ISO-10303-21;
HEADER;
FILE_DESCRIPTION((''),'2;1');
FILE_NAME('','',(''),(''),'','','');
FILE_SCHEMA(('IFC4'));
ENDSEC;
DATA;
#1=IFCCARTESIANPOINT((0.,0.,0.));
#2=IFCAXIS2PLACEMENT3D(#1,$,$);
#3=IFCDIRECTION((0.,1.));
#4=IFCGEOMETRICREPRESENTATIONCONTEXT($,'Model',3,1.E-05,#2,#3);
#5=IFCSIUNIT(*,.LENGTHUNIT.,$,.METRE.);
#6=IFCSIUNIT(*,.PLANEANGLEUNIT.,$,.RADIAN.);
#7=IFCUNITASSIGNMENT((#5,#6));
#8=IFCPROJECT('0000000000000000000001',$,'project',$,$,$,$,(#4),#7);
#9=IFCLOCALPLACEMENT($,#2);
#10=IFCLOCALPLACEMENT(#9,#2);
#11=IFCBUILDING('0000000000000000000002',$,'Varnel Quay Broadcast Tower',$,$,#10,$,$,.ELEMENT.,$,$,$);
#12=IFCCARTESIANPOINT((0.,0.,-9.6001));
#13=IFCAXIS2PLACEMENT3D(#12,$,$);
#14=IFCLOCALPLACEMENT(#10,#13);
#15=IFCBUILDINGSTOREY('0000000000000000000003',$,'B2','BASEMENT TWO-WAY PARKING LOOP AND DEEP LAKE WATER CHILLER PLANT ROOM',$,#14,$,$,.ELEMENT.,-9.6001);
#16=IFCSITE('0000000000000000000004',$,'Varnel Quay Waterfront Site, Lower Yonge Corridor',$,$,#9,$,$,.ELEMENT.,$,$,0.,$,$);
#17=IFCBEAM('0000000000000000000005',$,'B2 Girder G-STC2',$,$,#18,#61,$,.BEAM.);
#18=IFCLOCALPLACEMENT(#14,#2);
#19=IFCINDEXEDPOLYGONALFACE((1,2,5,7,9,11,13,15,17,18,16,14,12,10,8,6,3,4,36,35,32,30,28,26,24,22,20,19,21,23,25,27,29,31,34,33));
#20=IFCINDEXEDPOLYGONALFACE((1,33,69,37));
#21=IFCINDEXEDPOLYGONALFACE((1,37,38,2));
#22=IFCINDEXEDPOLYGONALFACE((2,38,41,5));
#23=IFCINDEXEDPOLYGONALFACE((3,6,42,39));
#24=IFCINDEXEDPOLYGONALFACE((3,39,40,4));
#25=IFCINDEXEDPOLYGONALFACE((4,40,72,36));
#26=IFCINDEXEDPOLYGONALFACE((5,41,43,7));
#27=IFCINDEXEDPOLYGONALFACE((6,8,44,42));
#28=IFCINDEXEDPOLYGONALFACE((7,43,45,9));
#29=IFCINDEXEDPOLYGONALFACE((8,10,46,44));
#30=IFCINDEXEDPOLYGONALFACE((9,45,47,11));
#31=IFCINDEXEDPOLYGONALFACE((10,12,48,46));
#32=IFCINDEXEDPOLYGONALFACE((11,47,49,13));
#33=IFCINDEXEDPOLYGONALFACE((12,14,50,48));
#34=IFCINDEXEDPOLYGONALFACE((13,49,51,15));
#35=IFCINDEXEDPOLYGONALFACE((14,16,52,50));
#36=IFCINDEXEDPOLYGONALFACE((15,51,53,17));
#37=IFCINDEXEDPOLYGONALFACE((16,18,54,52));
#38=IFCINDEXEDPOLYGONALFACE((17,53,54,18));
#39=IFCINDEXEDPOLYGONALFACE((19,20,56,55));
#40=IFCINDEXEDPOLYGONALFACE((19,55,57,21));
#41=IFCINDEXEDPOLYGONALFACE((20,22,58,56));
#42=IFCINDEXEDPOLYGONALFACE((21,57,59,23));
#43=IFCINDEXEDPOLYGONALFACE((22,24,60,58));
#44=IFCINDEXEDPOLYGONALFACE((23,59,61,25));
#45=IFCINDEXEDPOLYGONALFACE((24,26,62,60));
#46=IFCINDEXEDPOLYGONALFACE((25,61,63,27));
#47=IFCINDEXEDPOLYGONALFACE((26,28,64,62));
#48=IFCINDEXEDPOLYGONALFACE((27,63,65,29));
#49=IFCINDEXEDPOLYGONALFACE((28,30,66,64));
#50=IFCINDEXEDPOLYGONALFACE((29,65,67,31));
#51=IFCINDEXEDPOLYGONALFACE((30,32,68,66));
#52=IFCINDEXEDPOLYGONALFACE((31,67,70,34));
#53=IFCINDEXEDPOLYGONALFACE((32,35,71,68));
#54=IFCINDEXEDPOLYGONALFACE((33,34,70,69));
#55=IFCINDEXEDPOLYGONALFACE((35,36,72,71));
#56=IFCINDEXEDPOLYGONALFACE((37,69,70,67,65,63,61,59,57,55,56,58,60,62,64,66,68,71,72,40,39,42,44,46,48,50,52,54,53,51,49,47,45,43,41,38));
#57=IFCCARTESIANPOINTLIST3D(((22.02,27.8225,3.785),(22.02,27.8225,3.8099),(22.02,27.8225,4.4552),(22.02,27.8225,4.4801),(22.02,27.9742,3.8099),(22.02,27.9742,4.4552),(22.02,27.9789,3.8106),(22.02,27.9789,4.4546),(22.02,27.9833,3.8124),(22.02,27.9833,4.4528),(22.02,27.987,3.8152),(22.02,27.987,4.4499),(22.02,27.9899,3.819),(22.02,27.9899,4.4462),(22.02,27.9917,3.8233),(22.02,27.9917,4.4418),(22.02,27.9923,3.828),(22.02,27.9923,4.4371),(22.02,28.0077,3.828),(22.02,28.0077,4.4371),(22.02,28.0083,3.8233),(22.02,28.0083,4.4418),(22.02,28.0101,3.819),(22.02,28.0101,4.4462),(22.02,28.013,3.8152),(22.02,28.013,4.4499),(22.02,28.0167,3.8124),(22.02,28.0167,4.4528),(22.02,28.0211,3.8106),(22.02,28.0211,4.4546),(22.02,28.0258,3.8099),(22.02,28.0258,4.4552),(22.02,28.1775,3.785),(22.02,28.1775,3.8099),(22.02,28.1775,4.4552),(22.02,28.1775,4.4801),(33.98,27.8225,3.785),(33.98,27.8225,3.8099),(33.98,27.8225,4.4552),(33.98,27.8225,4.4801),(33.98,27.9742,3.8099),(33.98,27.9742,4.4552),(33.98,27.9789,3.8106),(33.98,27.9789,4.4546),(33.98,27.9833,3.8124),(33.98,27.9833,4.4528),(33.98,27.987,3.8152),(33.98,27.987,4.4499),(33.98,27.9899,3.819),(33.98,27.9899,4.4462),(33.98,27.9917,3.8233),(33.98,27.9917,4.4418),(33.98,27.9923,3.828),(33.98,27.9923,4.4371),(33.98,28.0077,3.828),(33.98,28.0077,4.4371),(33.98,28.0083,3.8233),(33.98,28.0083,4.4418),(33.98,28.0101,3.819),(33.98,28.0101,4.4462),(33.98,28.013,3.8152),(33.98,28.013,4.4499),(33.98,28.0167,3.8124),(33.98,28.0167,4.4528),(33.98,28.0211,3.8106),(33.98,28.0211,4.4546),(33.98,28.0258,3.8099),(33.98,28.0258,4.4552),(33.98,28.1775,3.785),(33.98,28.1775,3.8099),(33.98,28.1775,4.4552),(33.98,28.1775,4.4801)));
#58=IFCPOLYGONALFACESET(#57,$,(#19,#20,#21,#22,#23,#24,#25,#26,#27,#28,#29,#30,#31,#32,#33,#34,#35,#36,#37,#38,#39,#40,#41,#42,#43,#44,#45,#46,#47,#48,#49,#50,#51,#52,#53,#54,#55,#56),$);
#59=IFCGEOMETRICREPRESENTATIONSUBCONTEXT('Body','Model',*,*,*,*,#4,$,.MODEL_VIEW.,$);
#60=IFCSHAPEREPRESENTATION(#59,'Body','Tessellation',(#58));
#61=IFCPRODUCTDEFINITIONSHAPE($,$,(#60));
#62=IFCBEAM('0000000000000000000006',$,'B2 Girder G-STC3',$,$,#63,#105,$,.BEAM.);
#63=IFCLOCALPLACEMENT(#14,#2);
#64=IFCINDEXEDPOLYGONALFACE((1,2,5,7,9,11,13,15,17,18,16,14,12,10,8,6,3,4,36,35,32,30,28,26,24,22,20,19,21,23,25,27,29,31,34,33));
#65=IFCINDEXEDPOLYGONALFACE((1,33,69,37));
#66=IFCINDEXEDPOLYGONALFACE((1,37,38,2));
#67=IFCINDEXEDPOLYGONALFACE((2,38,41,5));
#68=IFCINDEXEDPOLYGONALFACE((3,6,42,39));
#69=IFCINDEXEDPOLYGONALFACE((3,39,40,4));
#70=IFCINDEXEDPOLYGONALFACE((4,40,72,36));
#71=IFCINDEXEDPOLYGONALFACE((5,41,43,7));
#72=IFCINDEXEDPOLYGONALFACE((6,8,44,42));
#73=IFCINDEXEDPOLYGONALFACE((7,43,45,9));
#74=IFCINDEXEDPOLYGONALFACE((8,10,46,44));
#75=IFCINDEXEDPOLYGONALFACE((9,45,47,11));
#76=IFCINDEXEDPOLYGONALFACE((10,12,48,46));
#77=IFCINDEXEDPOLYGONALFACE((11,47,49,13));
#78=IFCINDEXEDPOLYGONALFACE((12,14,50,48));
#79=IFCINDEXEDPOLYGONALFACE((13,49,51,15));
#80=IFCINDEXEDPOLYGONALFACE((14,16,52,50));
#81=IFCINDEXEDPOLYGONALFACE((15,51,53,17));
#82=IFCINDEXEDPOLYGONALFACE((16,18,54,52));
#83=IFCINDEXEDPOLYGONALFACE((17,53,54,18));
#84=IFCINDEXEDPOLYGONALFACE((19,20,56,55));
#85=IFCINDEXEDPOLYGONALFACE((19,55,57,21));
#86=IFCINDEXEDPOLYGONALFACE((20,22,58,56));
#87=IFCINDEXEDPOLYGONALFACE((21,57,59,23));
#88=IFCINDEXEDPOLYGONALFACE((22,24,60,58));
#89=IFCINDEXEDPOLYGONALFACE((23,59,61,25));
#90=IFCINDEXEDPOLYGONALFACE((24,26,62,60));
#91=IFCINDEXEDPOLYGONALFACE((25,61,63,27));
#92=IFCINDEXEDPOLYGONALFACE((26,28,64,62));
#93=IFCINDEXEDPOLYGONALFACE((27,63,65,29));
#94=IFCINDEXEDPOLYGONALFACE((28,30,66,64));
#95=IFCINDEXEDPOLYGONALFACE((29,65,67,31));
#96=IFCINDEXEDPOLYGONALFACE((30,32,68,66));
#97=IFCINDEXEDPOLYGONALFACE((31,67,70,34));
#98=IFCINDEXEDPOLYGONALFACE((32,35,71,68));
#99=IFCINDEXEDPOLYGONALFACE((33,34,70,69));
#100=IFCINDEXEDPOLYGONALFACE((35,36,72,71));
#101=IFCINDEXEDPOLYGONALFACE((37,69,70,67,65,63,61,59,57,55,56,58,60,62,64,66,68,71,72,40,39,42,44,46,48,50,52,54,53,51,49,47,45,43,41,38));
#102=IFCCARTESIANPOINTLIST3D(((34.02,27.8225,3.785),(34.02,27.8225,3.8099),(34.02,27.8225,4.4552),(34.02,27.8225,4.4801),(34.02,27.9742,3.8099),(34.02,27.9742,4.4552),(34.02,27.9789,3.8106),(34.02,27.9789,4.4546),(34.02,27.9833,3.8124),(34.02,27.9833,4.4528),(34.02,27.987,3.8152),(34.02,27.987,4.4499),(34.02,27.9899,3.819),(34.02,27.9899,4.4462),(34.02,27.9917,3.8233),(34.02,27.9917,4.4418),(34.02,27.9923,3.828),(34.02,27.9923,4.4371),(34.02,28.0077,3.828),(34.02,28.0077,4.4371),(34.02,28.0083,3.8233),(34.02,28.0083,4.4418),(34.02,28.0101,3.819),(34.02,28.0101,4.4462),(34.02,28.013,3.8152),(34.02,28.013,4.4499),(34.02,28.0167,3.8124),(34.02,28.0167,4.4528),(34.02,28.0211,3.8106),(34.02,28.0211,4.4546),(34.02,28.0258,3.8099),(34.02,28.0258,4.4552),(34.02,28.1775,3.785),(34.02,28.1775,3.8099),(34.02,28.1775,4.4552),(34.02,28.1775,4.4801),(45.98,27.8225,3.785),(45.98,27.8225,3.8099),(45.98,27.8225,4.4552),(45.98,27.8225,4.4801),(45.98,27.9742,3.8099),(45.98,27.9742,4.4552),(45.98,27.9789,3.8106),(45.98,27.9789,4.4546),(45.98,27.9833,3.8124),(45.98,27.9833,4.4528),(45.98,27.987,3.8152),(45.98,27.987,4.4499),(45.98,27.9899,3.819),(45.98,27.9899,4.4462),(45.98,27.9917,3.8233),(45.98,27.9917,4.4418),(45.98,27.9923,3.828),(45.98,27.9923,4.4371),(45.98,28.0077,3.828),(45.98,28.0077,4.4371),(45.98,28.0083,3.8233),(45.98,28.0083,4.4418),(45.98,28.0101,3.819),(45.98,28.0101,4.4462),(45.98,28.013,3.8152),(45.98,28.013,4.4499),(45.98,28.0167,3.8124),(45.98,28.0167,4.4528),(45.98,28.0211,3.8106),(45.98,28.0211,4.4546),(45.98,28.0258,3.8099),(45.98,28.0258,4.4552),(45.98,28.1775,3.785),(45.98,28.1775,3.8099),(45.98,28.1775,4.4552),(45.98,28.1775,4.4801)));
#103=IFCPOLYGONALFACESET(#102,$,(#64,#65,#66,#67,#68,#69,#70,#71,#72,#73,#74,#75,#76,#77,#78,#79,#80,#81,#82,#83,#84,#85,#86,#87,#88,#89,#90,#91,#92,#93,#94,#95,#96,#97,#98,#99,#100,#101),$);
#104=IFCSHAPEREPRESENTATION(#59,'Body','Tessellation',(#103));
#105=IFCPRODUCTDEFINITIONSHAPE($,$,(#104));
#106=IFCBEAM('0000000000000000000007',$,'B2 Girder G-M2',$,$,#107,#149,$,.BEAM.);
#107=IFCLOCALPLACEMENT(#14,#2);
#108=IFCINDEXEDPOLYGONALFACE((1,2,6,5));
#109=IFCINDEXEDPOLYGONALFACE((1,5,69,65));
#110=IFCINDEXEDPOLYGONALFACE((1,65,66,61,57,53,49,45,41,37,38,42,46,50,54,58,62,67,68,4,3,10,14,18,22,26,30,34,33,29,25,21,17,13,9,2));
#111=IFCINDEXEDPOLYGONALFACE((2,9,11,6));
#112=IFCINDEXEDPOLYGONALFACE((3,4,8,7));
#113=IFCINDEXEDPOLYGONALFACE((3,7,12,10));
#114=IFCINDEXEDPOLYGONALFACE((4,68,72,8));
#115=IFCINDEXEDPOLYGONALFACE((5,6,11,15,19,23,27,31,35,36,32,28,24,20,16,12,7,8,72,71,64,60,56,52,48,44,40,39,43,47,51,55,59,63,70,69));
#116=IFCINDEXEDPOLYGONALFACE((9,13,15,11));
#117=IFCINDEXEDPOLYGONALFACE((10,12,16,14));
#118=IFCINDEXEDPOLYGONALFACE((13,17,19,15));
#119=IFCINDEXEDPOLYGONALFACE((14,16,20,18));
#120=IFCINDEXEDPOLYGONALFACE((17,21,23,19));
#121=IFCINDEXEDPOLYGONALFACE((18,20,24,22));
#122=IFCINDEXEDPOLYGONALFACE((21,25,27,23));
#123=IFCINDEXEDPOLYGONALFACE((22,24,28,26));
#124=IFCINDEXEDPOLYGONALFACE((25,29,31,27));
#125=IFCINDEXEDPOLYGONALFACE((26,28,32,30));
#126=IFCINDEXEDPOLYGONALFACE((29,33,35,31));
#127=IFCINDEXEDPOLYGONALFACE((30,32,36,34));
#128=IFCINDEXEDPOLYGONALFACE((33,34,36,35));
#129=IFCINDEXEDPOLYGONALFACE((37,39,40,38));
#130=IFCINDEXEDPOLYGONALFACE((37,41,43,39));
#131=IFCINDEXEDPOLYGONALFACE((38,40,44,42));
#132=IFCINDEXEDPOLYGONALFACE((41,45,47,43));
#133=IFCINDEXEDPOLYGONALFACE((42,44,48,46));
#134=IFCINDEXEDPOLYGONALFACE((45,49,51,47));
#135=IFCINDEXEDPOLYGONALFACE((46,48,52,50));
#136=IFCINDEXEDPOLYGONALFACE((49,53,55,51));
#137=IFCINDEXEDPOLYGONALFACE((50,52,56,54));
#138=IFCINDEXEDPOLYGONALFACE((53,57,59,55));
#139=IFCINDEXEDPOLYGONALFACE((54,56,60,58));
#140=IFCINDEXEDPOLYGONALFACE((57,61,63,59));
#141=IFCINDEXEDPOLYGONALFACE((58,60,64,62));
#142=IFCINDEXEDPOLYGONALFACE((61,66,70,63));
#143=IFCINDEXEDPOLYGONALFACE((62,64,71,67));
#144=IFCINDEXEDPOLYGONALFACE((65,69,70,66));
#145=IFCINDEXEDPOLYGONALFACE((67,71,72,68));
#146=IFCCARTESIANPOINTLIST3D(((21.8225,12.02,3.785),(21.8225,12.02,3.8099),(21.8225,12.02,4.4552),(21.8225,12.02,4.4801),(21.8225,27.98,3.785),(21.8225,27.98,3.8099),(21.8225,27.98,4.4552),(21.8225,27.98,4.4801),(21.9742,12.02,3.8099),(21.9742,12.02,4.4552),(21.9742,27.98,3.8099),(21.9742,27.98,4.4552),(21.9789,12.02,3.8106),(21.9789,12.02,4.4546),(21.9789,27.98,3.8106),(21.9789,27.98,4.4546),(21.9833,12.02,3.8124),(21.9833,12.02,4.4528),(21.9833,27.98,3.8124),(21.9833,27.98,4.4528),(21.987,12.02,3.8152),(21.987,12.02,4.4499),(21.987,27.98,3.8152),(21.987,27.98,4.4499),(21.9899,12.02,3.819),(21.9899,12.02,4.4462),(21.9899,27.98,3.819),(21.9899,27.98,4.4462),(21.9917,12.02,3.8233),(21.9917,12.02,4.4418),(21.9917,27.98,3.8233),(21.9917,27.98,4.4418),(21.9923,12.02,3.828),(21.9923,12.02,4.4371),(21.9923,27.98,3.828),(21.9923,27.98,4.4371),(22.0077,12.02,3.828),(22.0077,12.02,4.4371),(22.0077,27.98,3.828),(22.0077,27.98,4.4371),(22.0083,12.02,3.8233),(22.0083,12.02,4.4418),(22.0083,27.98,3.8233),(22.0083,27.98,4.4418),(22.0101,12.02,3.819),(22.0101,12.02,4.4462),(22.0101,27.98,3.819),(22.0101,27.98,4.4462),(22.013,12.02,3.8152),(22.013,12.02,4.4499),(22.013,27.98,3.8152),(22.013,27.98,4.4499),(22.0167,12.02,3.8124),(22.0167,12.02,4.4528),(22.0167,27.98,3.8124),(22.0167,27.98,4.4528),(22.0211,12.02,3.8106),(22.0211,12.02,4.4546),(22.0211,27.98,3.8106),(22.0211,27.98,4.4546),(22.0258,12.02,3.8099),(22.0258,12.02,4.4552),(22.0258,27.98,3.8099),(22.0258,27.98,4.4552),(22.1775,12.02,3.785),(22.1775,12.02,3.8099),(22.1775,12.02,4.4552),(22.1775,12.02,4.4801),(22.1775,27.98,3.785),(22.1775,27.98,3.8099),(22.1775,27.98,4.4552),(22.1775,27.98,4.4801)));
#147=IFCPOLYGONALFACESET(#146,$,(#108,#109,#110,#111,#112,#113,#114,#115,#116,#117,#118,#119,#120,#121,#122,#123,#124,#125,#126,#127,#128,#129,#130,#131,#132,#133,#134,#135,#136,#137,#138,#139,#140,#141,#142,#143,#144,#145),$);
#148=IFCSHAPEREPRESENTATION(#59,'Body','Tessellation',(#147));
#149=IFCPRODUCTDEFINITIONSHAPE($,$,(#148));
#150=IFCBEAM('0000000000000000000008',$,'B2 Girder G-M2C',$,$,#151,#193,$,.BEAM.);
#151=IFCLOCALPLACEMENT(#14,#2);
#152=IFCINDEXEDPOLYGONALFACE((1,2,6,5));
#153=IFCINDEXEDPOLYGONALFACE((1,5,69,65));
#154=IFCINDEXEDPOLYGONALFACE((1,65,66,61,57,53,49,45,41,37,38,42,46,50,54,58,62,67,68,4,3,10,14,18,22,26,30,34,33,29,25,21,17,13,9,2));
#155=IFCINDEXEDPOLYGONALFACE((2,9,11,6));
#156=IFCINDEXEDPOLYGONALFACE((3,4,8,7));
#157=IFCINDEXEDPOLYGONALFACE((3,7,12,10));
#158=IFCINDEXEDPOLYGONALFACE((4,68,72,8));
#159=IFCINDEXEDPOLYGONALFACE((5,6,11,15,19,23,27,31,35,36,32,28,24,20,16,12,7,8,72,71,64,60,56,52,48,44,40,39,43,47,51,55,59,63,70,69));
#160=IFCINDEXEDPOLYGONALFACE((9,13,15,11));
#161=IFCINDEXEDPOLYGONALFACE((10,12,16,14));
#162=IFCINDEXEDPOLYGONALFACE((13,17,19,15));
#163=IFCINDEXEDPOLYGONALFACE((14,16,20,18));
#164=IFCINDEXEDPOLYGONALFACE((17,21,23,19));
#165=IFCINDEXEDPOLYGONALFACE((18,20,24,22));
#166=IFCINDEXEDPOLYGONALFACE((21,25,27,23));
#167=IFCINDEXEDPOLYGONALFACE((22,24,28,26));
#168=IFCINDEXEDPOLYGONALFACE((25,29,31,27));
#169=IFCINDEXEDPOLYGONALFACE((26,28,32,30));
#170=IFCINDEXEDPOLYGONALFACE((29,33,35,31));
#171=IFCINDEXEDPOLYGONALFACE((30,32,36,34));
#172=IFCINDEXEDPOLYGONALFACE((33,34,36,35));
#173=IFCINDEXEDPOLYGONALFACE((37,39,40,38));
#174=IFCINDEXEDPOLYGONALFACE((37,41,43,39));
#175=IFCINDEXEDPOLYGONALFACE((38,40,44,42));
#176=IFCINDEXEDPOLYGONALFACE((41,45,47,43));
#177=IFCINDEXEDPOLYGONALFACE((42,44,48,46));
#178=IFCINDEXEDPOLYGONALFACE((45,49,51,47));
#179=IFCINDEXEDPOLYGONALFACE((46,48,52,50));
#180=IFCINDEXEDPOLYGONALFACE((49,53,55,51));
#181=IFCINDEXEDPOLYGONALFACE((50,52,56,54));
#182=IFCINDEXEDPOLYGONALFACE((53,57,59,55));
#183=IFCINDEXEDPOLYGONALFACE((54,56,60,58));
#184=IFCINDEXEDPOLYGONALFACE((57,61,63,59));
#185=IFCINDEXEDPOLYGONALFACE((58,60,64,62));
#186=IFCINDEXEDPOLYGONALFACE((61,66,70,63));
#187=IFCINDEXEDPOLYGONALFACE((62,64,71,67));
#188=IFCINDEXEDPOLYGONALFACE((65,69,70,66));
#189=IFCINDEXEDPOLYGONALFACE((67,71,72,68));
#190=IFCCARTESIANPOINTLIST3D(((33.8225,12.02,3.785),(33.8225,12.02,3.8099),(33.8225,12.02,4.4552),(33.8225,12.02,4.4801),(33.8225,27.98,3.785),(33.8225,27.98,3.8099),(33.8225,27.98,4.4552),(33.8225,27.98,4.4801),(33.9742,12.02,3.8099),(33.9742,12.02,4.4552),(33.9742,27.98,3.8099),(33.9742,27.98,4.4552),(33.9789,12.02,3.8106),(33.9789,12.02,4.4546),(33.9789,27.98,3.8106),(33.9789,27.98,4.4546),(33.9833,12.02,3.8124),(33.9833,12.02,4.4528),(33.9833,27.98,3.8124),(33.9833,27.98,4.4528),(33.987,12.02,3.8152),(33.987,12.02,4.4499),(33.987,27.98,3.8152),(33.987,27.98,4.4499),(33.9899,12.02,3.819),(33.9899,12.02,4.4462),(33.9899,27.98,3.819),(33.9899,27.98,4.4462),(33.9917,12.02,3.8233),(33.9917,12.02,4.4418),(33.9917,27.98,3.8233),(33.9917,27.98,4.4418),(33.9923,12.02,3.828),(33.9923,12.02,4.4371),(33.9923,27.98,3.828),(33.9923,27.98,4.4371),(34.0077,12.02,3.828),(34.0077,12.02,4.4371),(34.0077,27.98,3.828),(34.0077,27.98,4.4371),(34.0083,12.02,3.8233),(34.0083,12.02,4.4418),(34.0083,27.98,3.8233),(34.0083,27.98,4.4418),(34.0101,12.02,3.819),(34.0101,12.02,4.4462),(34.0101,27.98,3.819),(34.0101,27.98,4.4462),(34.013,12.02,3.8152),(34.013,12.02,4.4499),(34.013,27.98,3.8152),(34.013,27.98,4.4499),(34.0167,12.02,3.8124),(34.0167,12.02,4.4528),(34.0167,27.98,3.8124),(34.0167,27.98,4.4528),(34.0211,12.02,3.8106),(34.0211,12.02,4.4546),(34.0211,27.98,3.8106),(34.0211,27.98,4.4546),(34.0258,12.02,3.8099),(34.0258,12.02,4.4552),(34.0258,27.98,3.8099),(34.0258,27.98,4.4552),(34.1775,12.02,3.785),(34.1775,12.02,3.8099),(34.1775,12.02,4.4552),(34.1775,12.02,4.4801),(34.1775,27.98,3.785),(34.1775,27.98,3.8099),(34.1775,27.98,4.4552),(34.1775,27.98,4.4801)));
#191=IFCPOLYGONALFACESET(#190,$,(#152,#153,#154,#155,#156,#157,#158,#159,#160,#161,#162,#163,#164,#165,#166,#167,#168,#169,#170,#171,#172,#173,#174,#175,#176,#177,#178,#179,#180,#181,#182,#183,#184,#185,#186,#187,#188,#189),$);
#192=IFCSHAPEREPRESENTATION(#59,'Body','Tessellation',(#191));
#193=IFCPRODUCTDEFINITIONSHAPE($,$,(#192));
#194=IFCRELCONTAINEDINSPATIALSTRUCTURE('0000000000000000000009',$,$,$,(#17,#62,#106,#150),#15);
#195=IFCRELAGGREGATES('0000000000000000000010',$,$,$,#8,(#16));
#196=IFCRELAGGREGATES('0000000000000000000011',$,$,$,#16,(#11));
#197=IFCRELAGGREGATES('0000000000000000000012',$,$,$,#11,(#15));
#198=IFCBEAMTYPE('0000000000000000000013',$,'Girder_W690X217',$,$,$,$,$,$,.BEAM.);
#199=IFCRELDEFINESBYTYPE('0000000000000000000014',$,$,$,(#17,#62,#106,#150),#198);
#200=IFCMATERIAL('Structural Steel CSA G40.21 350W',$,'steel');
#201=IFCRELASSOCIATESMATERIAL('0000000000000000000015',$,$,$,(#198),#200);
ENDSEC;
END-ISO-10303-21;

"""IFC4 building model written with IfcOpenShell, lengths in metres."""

from ifc_helpers import new_model, si_unit, direction, frame, origin, origin_2d, place, context, subcontext, project, spatial, i_section, extrude, source, transform, mapped, material, material_profile, profile_set, type_object, element, save


model = new_model("IFC4")

# Units and contexts
model_context = context("Model", 3, precision=1e-05, world=origin(), true_north=direction((0.0, 1.0)))
body_context = subcontext(model_context, "Body", "Model", "MODEL_VIEW")
ifc_project = project(units=[si_unit("LENGTHUNIT", "METRE"), si_unit("PLANEANGLEUNIT", "RADIAN")], contexts=[model_context])

# Site, building, storey
site_placement = place(None, origin())
site = spatial("IfcSite", under=ifc_project, at=site_placement, Name="Varnel Quay Waterfront Site, Lower Yonge Corridor", CompositionType="ELEMENT", RefElevation=0.0)
building_placement = place(site_placement, origin())
building = spatial("IfcBuilding", under=site, at=building_placement, Name="Varnel Quay Broadcast Tower", CompositionType="ELEMENT")
storey_placement = place(building_placement, frame((0.0, 0.0, -9.6001)))
storey = spatial("IfcBuildingStorey", under=building, at=storey_placement, Name="B2", Description="BASEMENT TWO-WAY PARKING LOOP AND DEEP LAKE WATER CHILLER PLANT ROOM", CompositionType="ELEMENT", Elevation=-9.6001)

# Beams
ifc_material_1 = material(Name="Structural Steel CSA G40.21 350W", Category="steel")
ifc_material_profile_1 = material_profile(ifc_material_1, i_section(OverallWidth=0.355, OverallDepth=0.6951, WebThickness=0.0154, FlangeThickness=0.0249, FilletRadius=0.0181, at=origin_2d()), Name="W690X217")
ifc_profile_set_1 = profile_set([ifc_material_profile_1], Name="Structural Steel CSA G40.21 350W")
beam_type = type_object("IfcBeamType", Name="Girder_W690X217", PredefinedType="BEAM", material=ifc_profile_set_1)
shared_shape_1 = source(origin(), body_context, "Body", "SweptSolid", [
    extrude(i_section(OverallWidth=0.355, OverallDepth=0.6951, WebThickness=0.0154, FlangeThickness=0.0249, FilletRadius=0.0181, at=origin_2d()), origin(), (0.0, 0.0, 1.0), 11.96),
])
for number, where, z_axis, x_axis, name in (
    (1, (22.02, 28.0, 4.1326), (1.0, 0.0, 0.0), (0.0, 1.0, 0.0), "B2 Girder G-STC2"),
    (2, (34.02, 28.0, 4.1326), (1.0, 0.0, 0.0), (0.0, 1.0, 0.0), "B2 Girder G-STC3"),
):
    element("IfcBeam", number, at=place(storey_placement, frame(where, z_axis=z_axis, x_axis=x_axis)), inside=storey, type_object=beam_type, Name=name, PredefinedType="BEAM", context=body_context, shape_type="MappedRepresentation", body=[
        mapped(shared_shape_1, transform((0.0, 0.0, 0.0), x_axis=(1.0, 0.0, 0.0), y_axis=(0.0, 1.0, 0.0), z_axis=(0.0, 0.0, 1.0), scale=1.0)),
    ])
shared_shape_2 = source(origin(), body_context, "Body", "SweptSolid", [
    extrude(i_section(OverallWidth=0.355, OverallDepth=0.6951, WebThickness=0.0154, FlangeThickness=0.0249, FilletRadius=0.0181, at=origin_2d()), origin(), (0.0, 0.0, 1.0), 15.96),
])
for number, where, z_axis, x_axis, name in (
    (3, (22.0, 12.02, 4.1326), (0.0, 1.0, 0.0), (-1.0, 0.0, 0.0), "B2 Girder G-M2"),
    (4, (34.0, 12.02, 4.1326), (0.0, 1.0, 0.0), (-1.0, 0.0, 0.0), "B2 Girder G-M2C"),
):
    element("IfcBeam", number, at=place(storey_placement, frame(where, z_axis=z_axis, x_axis=x_axis)), inside=storey, type_object=beam_type, Name=name, PredefinedType="BEAM", context=body_context, shape_type="MappedRepresentation", body=[
        mapped(shared_shape_2, transform((0.0, 0.0, 0.0), x_axis=(1.0, 0.0, 0.0), y_axis=(0.0, 1.0, 0.0), z_axis=(0.0, 0.0, 1.0), scale=1.0)),
    ])

save(model, "model.ifc")
